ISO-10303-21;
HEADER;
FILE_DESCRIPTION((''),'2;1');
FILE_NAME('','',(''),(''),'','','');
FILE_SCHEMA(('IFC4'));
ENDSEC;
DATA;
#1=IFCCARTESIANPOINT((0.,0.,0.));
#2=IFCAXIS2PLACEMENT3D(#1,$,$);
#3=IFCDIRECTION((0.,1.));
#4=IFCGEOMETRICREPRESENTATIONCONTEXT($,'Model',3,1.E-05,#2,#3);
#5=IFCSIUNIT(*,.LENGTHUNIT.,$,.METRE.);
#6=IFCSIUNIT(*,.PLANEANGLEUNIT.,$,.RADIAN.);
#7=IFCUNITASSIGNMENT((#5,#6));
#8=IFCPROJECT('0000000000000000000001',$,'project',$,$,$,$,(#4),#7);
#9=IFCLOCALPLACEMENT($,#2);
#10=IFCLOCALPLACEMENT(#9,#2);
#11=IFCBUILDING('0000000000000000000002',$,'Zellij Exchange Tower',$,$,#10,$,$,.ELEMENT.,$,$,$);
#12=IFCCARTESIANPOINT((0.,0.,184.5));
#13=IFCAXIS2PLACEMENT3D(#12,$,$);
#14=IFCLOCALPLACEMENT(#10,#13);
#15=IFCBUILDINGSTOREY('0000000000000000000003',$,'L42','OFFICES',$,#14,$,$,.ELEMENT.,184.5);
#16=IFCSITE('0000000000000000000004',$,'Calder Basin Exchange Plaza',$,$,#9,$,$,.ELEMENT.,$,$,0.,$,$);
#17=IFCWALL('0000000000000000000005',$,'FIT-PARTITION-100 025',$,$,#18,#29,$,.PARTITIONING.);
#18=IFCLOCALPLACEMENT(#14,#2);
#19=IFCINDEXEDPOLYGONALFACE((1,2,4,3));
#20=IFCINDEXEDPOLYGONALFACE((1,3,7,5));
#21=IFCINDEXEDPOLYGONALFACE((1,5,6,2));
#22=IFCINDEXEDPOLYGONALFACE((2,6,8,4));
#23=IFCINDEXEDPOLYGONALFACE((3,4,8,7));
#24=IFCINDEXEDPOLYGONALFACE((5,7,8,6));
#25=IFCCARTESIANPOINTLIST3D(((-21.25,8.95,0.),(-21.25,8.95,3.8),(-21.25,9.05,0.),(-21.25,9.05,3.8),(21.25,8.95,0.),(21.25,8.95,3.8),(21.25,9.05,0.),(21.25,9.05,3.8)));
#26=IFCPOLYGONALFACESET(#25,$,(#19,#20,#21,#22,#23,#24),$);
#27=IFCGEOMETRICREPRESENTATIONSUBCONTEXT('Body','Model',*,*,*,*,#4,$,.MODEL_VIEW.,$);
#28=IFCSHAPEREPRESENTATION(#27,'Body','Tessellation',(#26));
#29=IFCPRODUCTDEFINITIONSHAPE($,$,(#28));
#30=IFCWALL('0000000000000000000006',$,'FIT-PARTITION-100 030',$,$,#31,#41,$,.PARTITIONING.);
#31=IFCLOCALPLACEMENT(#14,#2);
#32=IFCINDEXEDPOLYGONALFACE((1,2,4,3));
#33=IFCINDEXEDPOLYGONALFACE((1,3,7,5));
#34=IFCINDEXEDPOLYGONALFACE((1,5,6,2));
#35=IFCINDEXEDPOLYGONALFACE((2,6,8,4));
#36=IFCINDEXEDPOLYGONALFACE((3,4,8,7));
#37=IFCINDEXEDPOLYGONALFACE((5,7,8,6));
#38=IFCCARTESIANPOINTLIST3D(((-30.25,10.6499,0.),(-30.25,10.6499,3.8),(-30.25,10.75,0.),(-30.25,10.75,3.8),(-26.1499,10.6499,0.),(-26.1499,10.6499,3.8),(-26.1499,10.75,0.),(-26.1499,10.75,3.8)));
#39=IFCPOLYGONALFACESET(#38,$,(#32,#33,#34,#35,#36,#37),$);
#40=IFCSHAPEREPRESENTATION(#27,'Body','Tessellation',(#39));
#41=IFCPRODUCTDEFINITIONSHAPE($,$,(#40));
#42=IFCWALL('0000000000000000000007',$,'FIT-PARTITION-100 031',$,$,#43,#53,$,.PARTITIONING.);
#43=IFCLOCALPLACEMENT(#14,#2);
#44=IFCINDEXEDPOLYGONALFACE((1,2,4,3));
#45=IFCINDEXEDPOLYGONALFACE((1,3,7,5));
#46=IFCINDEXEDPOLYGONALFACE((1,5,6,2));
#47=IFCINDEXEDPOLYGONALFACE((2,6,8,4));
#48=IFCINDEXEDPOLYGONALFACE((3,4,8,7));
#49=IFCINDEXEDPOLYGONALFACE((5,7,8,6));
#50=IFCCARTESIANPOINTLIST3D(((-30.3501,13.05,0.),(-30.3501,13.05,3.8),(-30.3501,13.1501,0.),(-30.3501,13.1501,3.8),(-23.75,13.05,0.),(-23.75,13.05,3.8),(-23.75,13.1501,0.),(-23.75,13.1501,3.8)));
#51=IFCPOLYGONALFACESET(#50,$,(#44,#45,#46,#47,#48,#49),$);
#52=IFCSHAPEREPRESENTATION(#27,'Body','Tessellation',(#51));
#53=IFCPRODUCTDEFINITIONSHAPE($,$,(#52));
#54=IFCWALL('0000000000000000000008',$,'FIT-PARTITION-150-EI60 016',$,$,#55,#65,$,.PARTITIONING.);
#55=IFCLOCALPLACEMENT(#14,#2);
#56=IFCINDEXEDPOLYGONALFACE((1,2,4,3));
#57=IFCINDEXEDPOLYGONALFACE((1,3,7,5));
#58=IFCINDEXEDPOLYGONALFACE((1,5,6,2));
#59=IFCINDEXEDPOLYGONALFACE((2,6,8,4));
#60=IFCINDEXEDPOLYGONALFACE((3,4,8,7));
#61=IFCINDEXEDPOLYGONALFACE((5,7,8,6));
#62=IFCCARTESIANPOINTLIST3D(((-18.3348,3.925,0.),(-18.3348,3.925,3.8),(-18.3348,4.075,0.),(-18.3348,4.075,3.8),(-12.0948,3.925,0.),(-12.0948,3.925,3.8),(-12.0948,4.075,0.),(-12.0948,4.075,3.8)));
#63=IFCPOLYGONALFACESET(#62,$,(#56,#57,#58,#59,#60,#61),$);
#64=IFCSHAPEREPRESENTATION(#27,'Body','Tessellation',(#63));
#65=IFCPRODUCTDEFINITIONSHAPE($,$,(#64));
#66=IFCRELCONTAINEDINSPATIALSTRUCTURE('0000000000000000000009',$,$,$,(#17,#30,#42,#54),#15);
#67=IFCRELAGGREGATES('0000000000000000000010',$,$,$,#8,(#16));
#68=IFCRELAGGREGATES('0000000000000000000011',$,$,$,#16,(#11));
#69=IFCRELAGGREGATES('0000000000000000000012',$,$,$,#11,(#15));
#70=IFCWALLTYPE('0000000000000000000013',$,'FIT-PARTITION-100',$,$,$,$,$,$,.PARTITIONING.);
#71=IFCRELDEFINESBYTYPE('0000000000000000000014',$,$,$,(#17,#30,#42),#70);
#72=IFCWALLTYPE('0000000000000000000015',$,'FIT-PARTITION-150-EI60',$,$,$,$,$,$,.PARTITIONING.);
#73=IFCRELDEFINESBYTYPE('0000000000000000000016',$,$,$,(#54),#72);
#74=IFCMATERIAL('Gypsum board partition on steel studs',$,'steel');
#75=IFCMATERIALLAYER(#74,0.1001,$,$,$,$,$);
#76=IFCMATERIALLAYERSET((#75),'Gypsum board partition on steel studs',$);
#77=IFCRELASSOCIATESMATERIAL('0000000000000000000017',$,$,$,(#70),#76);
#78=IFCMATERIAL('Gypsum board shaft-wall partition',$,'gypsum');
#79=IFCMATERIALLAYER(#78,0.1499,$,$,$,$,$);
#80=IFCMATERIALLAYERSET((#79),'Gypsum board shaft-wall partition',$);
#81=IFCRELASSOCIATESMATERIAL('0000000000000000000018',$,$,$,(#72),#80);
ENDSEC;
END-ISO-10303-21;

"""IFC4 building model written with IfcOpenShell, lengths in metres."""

from ifc_helpers import new_model, si_unit, direction, frame, frame_2d, origin, place, context, subcontext, project, spatial, rectangle, extrude, material, layer, layer_set, type_object, element, save


model = new_model("IFC4")

# Units and contexts
model_context = context("Model", 3, precision=1e-05, world=origin(), true_north=direction((0.0, 1.0)))
body_context = subcontext(model_context, "Body", "Model", "MODEL_VIEW")
ifc_project = project(units=[si_unit("LENGTHUNIT", "METRE"), si_unit("PLANEANGLEUNIT", "RADIAN")], contexts=[model_context])

# Site, building, storey
site_placement = place(None, origin())
site = spatial("IfcSite", under=ifc_project, at=site_placement, Name="Calder Basin Exchange Plaza", CompositionType="ELEMENT", RefElevation=0.0)
building_placement = place(site_placement, origin())
building = spatial("IfcBuilding", under=site, at=building_placement, Name="Zellij Exchange Tower", CompositionType="ELEMENT")
storey_placement = place(building_placement, frame((0.0, 0.0, 184.5)))
storey = spatial("IfcBuildingStorey", under=building, at=storey_placement, Name="L42", Description="OFFICES", CompositionType="ELEMENT", Elevation=184.5)

# Shared definitions
ifc_material_1 = material(Name="Gypsum board partition on steel studs", Category="steel")
ifc_layer_1 = layer(ifc_material_1, 0.1001)
ifc_layer_set_1 = layer_set([ifc_layer_1], Name="Gypsum board partition on steel studs")
wall_type_1 = type_object("IfcWallType", Name="FIT-PARTITION-100", PredefinedType="PARTITIONING", material=ifc_layer_set_1)

# Walls
wall_1_placement = place(storey_placement, frame((-21.25, 9.0, 0.0), z_axis=(0.0, 0.0, 1.0), x_axis=(1.0, 0.0, 0.0)))
element("IfcWall", 1, at=wall_1_placement, inside=storey, type_object=wall_type_1, Name="FIT-PARTITION-100 025", PredefinedType="PARTITIONING", context=body_context, shape_type="SweptSolid", body=[
    extrude(rectangle(XDim=42.5, YDim=0.1001, at=frame_2d((21.25, 0.0))), origin(), (0.0, 0.0, 1.0), 3.8),
])
wall_2_placement = place(storey_placement, frame((-30.25, 10.7, 0.0), z_axis=(0.0, 0.0, 1.0), x_axis=(1.0, 0.0, 0.0)))
element("IfcWall", 2, at=wall_2_placement, inside=storey, type_object=wall_type_1, Name="FIT-PARTITION-100 030", PredefinedType="PARTITIONING", context=body_context, shape_type="SweptSolid", body=[
    extrude(rectangle(XDim=4.1001, YDim=0.1001, at=frame_2d((2.05, 0.0))), origin(), (0.0, 0.0, 1.0), 3.8),
])
wall_3_placement = place(storey_placement, frame((-30.3501, 13.1001, 0.0), z_axis=(0.0, 0.0, 1.0), x_axis=(1.0, 0.0, 0.0)))
element("IfcWall", 3, at=wall_3_placement, inside=storey, type_object=wall_type_1, Name="FIT-PARTITION-100 031", PredefinedType="PARTITIONING", context=body_context, shape_type="SweptSolid", body=[
    extrude(rectangle(XDim=6.6001, YDim=0.1001, at=frame_2d((3.3, 0.0))), origin(), (0.0, 0.0, 1.0), 3.8),
])
ifc_material_2 = material(Name="Gypsum board shaft-wall partition", Category="gypsum")
ifc_layer_2 = layer(ifc_material_2, 0.1499)
ifc_layer_set_2 = layer_set([ifc_layer_2], Name="Gypsum board shaft-wall partition")
wall_type_2 = type_object("IfcWallType", Name="FIT-PARTITION-150-EI60", PredefinedType="PARTITIONING", material=ifc_layer_set_2)
wall_4_placement = place(storey_placement, frame((-18.335, 4.0, 0.0), z_axis=(0.0, 0.0, 1.0), x_axis=(1.0, 0.0, 0.0)))
element("IfcWall", 4, at=wall_4_placement, inside=storey, type_object=wall_type_2, Name="FIT-PARTITION-150-EI60 016", PredefinedType="PARTITIONING", context=body_context, shape_type="SweptSolid", body=[
    extrude(rectangle(XDim=6.24, YDim=0.1499, at=frame_2d((3.1201, 0.0))), origin(), (0.0, 0.0, 1.0), 3.8),
])

save(model, "model.ifc")
